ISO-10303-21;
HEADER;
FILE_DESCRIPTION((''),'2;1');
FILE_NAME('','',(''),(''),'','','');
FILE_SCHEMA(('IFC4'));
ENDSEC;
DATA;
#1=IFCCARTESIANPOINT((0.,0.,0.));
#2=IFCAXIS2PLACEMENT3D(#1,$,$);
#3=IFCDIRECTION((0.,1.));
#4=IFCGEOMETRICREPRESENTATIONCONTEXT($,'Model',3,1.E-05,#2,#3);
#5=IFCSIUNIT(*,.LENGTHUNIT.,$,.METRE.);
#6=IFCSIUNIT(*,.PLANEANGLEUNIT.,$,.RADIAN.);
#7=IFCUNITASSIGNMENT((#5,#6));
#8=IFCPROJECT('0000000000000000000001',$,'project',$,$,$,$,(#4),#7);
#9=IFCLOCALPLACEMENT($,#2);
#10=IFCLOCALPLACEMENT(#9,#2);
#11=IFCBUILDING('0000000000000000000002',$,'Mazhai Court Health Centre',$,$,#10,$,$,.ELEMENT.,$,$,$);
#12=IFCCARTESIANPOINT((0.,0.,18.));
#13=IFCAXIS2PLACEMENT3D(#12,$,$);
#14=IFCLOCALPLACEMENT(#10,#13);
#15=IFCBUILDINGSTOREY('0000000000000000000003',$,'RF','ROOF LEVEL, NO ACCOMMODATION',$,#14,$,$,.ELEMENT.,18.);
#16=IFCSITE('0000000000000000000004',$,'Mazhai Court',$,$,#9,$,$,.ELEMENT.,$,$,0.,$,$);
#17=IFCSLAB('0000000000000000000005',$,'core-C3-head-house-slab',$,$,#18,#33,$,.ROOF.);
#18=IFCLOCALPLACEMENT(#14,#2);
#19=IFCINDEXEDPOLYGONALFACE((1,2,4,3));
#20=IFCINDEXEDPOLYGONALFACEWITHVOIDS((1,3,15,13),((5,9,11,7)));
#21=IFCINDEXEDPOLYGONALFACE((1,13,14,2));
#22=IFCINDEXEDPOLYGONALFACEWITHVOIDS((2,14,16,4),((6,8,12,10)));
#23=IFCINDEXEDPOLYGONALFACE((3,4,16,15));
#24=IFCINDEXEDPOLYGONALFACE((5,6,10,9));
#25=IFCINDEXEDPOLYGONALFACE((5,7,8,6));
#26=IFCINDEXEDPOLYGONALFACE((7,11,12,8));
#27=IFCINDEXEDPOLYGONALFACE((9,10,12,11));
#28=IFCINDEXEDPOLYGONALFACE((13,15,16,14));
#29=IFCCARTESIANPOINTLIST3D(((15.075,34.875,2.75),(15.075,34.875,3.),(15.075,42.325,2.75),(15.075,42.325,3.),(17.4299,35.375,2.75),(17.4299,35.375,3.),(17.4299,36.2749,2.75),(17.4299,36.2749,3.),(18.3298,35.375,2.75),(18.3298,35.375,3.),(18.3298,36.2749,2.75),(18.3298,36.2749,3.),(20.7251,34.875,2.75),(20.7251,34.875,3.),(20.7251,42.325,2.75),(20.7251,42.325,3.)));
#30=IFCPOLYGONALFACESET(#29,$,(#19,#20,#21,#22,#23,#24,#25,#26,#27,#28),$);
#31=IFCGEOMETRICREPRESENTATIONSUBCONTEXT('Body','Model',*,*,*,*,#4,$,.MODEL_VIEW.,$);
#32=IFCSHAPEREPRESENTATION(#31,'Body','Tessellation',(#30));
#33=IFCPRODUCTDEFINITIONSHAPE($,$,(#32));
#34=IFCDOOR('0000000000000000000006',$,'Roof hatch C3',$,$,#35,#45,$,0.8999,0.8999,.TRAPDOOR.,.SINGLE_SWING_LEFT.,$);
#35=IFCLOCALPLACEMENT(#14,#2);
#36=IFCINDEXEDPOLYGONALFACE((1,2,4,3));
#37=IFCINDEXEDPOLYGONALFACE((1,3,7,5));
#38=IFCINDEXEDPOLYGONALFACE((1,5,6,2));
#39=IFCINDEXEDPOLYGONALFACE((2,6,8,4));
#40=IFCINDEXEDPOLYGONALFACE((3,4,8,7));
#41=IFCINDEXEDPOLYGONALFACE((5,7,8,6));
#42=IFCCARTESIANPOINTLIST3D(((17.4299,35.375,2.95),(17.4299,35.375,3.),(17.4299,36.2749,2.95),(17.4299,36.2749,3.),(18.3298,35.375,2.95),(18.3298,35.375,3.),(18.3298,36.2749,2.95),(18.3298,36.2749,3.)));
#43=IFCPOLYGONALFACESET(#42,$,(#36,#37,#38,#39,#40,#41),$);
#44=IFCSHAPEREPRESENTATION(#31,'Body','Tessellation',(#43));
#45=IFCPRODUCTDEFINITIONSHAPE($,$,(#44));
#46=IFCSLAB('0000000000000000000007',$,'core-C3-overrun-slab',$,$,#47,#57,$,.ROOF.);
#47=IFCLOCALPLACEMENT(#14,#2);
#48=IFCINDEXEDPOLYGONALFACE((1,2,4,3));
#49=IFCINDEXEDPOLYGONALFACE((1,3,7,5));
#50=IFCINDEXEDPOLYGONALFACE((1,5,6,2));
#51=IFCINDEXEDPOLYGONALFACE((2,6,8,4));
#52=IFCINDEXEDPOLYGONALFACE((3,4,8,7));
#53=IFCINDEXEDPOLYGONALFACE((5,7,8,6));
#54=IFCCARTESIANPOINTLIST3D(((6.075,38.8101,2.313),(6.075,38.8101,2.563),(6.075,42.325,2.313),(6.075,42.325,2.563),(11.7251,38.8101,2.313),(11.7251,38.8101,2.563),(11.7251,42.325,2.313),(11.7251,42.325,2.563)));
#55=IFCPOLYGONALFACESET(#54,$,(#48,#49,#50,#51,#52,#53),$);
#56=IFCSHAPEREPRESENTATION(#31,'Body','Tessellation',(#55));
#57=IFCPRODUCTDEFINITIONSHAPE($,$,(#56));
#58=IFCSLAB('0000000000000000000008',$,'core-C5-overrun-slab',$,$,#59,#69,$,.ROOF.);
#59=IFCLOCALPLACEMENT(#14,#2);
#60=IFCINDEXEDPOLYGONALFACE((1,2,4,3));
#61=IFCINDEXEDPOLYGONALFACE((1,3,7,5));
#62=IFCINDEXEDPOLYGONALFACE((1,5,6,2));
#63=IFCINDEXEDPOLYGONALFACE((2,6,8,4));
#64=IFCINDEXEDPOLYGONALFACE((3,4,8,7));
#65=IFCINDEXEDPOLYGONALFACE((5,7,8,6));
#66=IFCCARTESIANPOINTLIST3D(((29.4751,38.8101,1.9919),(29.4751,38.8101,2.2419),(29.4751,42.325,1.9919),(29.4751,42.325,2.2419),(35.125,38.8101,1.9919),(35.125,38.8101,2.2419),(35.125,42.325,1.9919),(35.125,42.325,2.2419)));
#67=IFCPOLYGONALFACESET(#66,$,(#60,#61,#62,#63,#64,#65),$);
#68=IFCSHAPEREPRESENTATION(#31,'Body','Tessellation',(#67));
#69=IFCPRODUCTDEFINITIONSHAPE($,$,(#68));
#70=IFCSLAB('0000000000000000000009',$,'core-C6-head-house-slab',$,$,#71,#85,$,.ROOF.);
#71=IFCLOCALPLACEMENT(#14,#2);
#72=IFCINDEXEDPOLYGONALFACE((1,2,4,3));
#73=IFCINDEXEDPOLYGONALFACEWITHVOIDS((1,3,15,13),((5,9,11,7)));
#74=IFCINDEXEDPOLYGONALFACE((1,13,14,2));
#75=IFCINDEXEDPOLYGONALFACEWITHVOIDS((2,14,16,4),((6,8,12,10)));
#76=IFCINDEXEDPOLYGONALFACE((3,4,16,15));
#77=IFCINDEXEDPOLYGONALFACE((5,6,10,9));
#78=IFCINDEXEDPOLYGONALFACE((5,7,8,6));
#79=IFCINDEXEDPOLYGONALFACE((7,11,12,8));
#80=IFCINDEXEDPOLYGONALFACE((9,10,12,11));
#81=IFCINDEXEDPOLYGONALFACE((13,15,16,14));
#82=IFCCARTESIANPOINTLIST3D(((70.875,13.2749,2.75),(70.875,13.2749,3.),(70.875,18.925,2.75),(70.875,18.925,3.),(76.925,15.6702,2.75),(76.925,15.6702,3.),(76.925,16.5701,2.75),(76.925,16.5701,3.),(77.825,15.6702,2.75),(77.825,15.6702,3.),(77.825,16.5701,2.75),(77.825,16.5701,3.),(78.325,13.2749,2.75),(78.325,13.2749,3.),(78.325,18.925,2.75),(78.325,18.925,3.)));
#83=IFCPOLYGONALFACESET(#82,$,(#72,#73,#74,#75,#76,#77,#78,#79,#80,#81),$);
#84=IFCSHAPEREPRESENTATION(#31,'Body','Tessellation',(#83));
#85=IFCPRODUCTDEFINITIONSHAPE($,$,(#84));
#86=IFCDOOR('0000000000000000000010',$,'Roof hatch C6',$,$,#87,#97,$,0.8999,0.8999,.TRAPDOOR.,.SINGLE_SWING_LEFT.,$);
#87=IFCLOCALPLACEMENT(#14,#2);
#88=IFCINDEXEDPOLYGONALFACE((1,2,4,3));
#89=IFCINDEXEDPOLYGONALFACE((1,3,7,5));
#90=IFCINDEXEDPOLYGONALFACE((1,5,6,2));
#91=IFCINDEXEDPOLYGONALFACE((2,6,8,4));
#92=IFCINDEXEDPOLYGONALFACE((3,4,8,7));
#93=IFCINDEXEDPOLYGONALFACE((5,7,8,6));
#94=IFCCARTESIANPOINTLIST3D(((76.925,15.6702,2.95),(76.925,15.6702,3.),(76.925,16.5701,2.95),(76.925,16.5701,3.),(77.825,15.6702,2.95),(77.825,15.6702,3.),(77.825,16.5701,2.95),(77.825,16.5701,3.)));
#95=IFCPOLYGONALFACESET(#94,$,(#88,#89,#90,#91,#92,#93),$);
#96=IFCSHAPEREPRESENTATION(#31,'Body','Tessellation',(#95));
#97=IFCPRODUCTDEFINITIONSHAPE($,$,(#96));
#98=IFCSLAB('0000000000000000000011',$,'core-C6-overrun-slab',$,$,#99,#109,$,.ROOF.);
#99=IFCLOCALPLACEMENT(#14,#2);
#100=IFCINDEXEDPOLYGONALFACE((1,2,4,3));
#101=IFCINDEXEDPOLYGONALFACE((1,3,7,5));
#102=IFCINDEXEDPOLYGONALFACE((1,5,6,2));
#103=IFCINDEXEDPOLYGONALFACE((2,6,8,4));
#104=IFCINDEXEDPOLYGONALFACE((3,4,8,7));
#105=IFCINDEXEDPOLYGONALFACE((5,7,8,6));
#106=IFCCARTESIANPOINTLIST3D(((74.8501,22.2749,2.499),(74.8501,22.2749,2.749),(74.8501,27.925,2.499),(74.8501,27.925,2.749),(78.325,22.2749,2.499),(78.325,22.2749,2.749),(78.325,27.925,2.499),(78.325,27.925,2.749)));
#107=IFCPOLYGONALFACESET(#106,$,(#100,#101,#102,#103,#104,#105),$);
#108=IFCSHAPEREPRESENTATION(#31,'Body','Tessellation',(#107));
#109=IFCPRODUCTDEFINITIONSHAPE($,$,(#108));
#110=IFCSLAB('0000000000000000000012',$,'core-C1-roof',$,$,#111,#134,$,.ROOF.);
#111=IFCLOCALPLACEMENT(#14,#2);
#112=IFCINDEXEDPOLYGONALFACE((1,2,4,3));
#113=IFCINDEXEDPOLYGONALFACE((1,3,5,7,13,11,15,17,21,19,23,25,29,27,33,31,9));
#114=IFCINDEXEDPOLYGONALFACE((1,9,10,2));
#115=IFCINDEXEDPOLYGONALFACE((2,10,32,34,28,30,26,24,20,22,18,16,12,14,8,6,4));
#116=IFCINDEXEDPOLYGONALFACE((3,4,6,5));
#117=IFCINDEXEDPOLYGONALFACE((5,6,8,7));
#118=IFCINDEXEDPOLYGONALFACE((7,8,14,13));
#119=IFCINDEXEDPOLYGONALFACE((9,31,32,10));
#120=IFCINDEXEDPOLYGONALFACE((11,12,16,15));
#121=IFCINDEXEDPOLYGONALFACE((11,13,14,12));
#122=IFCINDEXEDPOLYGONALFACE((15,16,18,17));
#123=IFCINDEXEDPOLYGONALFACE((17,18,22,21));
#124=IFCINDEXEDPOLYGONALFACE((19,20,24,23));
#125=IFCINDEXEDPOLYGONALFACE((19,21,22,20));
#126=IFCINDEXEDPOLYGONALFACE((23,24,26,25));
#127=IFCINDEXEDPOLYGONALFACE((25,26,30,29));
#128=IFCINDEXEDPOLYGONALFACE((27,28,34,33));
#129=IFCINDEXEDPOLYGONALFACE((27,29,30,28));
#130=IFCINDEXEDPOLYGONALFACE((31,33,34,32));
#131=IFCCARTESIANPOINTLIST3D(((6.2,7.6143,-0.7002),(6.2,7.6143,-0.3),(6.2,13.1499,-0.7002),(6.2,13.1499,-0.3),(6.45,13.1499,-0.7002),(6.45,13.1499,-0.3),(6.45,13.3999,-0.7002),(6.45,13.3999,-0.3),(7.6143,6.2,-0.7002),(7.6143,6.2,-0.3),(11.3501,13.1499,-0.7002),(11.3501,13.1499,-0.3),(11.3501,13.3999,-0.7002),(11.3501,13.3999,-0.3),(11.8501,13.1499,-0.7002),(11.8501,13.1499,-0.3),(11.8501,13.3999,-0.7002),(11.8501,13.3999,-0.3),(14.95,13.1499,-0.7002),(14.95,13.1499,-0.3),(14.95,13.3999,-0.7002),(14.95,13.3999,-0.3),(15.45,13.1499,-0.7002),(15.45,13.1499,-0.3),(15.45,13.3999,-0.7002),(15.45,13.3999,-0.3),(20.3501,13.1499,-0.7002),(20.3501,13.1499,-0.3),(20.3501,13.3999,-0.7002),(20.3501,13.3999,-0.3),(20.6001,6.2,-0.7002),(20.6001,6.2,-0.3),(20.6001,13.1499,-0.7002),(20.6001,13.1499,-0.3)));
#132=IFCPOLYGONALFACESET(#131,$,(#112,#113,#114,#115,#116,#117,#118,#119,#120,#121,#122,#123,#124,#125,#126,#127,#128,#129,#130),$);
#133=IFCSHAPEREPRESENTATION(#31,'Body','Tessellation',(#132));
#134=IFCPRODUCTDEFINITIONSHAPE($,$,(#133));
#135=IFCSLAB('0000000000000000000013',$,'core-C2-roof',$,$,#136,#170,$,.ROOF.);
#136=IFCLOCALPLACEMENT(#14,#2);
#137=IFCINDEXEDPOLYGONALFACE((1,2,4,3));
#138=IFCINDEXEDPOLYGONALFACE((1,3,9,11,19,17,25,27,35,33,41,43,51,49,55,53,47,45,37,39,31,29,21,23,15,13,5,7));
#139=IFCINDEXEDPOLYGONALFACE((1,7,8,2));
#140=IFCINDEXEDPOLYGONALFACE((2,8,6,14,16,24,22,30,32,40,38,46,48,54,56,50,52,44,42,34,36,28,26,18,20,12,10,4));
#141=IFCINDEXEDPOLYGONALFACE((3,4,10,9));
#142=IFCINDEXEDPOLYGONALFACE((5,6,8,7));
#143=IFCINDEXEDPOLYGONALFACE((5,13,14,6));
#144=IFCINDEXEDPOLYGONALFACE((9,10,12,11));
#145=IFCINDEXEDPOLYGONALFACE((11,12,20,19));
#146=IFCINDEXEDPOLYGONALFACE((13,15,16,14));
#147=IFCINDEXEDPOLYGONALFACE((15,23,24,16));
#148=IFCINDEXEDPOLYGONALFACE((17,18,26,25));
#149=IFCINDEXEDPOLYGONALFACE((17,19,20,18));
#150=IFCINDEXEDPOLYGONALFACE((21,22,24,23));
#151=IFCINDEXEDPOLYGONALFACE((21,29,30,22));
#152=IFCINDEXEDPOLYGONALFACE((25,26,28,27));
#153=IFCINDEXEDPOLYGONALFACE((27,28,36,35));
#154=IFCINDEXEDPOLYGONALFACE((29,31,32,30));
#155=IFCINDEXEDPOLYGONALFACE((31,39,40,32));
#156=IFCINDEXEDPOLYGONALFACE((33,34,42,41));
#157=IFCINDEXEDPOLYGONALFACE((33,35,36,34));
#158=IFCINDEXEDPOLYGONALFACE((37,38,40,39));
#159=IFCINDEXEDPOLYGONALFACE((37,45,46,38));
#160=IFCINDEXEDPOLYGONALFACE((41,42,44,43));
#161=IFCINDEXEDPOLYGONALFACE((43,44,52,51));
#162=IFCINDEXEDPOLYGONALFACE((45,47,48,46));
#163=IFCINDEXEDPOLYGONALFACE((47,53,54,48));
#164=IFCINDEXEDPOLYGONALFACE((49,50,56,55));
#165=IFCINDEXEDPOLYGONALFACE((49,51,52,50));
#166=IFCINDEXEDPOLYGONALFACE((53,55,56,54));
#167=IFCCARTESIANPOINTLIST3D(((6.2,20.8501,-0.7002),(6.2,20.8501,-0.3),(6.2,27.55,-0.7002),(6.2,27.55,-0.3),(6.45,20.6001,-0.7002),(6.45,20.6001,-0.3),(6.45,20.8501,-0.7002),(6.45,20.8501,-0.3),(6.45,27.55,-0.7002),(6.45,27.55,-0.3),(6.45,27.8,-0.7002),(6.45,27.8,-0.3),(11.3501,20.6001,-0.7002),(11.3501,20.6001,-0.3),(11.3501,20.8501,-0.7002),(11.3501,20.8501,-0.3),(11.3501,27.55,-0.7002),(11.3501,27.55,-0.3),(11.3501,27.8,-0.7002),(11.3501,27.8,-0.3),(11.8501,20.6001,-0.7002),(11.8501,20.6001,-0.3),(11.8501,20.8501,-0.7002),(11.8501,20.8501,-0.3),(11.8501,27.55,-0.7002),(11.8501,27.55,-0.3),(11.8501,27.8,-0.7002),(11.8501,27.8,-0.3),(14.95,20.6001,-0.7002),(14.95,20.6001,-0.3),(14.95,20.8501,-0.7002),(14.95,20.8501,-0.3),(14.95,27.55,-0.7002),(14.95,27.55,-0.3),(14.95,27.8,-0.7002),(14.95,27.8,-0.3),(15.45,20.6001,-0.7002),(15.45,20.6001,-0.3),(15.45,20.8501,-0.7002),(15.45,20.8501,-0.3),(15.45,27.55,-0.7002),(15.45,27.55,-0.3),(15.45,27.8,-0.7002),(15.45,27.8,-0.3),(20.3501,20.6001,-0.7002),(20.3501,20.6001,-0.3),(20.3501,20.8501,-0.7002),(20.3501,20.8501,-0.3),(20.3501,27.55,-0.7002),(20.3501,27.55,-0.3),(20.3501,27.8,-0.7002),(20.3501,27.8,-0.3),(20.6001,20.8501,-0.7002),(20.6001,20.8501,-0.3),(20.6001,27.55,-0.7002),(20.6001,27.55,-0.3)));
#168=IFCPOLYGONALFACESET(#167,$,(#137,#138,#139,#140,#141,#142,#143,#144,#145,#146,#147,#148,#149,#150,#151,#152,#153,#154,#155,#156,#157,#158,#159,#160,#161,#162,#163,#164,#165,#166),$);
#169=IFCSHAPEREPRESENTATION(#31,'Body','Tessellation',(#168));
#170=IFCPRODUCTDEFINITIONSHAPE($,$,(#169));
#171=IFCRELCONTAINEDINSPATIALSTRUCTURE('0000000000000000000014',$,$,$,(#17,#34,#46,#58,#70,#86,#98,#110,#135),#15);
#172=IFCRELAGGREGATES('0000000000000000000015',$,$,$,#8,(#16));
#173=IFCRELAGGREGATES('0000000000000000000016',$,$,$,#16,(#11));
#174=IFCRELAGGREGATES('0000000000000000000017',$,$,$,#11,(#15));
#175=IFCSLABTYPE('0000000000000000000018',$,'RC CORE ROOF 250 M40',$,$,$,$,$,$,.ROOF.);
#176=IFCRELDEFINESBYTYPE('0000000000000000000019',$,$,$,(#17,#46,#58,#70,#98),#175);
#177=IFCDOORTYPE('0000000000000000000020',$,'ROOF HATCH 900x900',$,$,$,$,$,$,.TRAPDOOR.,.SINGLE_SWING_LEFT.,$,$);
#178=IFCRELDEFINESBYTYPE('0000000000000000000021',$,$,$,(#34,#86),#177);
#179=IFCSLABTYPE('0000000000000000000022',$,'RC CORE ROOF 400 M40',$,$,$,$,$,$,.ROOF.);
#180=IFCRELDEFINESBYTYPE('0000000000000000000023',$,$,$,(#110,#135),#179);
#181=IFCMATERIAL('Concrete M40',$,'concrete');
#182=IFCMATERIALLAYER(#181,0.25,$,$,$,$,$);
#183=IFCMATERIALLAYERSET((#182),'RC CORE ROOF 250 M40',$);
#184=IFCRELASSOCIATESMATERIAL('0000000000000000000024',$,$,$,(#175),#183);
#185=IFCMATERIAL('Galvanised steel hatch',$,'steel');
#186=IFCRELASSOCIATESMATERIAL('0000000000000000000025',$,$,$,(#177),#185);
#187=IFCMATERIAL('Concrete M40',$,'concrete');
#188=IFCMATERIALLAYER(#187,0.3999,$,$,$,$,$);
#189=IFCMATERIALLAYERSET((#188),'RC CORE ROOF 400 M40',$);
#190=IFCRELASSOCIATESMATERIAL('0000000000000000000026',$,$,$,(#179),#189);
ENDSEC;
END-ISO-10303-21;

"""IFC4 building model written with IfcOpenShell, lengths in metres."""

from ifc_helpers import new_model, si_unit, direction, frame, origin, origin_2d, place, context, subcontext, project, spatial, polyline, rectangle, outline, extrude, material, layer, layer_set, type_object, element, fill, save


model = new_model("IFC4")

# Units and contexts
model_context = context("Model", 3, precision=1e-05, world=origin(), true_north=direction((0.0, 1.0)))
body_context = subcontext(model_context, "Body", "Model", "MODEL_VIEW")
ifc_project = project(units=[si_unit("LENGTHUNIT", "METRE"), si_unit("PLANEANGLEUNIT", "RADIAN")], contexts=[model_context])

# Site, building, storey
site_placement = place(None, origin())
site = spatial("IfcSite", under=ifc_project, at=site_placement, Name="Mazhai Court", CompositionType="ELEMENT", RefElevation=0.0)
building_placement = place(site_placement, origin())
building = spatial("IfcBuilding", under=site, at=building_placement, Name="Mazhai Court Health Centre", CompositionType="ELEMENT")
storey_placement = place(building_placement, frame((0.0, 0.0, 18.0)))
storey = spatial("IfcBuildingStorey", under=building, at=storey_placement, Name="RF", Description="ROOF LEVEL, NO ACCOMMODATION", CompositionType="ELEMENT", Elevation=18.0)

# Slab, opening, door
ifc_material_1 = material(Name="Concrete M40", Category="concrete")
ifc_layer_1 = layer(ifc_material_1, 0.25)
ifc_layer_set_1 = layer_set([ifc_layer_1], Name="RC CORE ROOF 250 M40")
slab_type_1 = type_object("IfcSlabType", Name="RC CORE ROOF 250 M40", PredefinedType="ROOF", material=ifc_layer_set_1)
slab_1_placement = place(storey_placement, frame((0.0, 0.0, 2.75)))
slab_1 = element("IfcSlab", 1, at=slab_1_placement, inside=storey, type_object=slab_type_1, Name="core-C3-head-house-slab", PredefinedType="ROOF", context=body_context, shape_type="SweptSolid", body=[
    extrude(outline(polyline([(15.075, 34.875), (15.075, 42.325), (20.7251, 42.325), (20.7251, 34.875), (15.075, 34.875)])), origin(), (0.0, 0.0, 1.0), 0.25),
])
opening_1_placement = place(slab_1_placement, frame((17.8799, 35.825, 0.0)))
opening_1 = element("IfcOpeningElement", 2, at=opening_1_placement, cuts=slab_1, PredefinedType="OPENING", context=body_context, shape_type="SweptSolid", body=[
    extrude(rectangle(XDim=0.8999, YDim=0.8999, at=origin_2d()), origin(), (0.0, 0.0, 1.0), 0.25),
])
ifc_material_2 = material(Name="Galvanised steel hatch", Category="steel")
door_type = type_object("IfcDoorType", Name="ROOF HATCH 900x900", OperationType="SINGLE_SWING_LEFT", PredefinedType="TRAPDOOR", material=ifc_material_2)
door_1_placement = place(opening_1_placement, frame((0.0, 0.0, 0.2)))
door_1 = element("IfcDoor", 3, at=door_1_placement, inside=storey, type_object=door_type, Name="Roof hatch C3", OperationType="SINGLE_SWING_LEFT", OverallHeight=0.8999, OverallWidth=0.8999, PredefinedType="TRAPDOOR", context=body_context, shape_type="SweptSolid", body=[
    extrude(rectangle(XDim=0.8999, YDim=0.8999, at=origin_2d()), origin(), (0.0, 0.0, 1.0), 0.05),
])
fill(opening_1, door_1)

# Slabs
slab_2_placement = place(storey_placement, frame((0.0, 0.0, 2.313)))
element("IfcSlab", 4, at=slab_2_placement, inside=storey, type_object=slab_type_1, Name="core-C3-overrun-slab", PredefinedType="ROOF", context=body_context, shape_type="SweptSolid", body=[
    extrude(outline(polyline([(6.075, 38.8101), (6.075, 42.325), (11.7251, 42.325), (11.7251, 38.8101), (6.075, 38.8101)])), origin(), (0.0, 0.0, 1.0), 0.25),
])
slab_3_placement = place(storey_placement, frame((0.0, 0.0, 1.9919)))
element("IfcSlab", 5, at=slab_3_placement, inside=storey, type_object=slab_type_1, Name="core-C5-overrun-slab", PredefinedType="ROOF", context=body_context, shape_type="SweptSolid", body=[
    extrude(outline(polyline([(29.4751, 38.8101), (29.4751, 42.325), (35.125, 42.325), (35.125, 38.8101), (29.4751, 38.8101)])), origin(), (0.0, 0.0, 1.0), 0.25),
])

# Slab, opening, door
slab_4_placement = place(storey_placement, frame((0.0, 0.0, 2.75)))
slab_4 = element("IfcSlab", 6, at=slab_4_placement, inside=storey, type_object=slab_type_1, Name="core-C6-head-house-slab", PredefinedType="ROOF", context=body_context, shape_type="SweptSolid", body=[
    extrude(outline(polyline([(70.875, 13.2749), (78.325, 13.2749), (78.325, 18.925), (70.875, 18.925), (70.875, 13.2749)])), origin(), (0.0, 0.0, 1.0), 0.25),
])
opening_2_placement = place(slab_4_placement, frame((77.375, 16.1201, 0.0)))
opening_2 = element("IfcOpeningElement", 7, at=opening_2_placement, cuts=slab_4, PredefinedType="OPENING", context=body_context, shape_type="SweptSolid", body=[
    extrude(rectangle(XDim=0.8999, YDim=0.8999, at=origin_2d()), origin(), (0.0, 0.0, 1.0), 0.25),
])
door_2_placement = place(opening_2_placement, frame((0.0, 0.0, 0.2)))
door_2 = element("IfcDoor", 8, at=door_2_placement, inside=storey, type_object=door_type, Name="Roof hatch C6", OperationType="SINGLE_SWING_LEFT", OverallHeight=0.8999, OverallWidth=0.8999, PredefinedType="TRAPDOOR", context=body_context, shape_type="SweptSolid", body=[
    extrude(rectangle(XDim=0.8999, YDim=0.8999, at=origin_2d()), origin(), (0.0, 0.0, 1.0), 0.05),
])
fill(opening_2, door_2)

# Slabs
slab_5_placement = place(storey_placement, frame((0.0, 0.0, 2.499)))
element("IfcSlab", 9, at=slab_5_placement, inside=storey, type_object=slab_type_1, Name="core-C6-overrun-slab", PredefinedType="ROOF", context=body_context, shape_type="SweptSolid", body=[
    extrude(outline(polyline([(74.8501, 22.2749), (78.325, 22.2749), (78.325, 27.925), (74.8501, 27.925), (74.8501, 22.2749)])), origin(), (0.0, 0.0, 1.0), 0.25),
])
ifc_material_3 = material(Name="Concrete M40", Category="concrete")
ifc_layer_2 = layer(ifc_material_3, 0.3999)
ifc_layer_set_2 = layer_set([ifc_layer_2], Name="RC CORE ROOF 400 M40")
slab_type_2 = type_object("IfcSlabType", Name="RC CORE ROOF 400 M40", PredefinedType="ROOF", material=ifc_layer_set_2)
slab_6_placement = place(storey_placement, frame((0.0, 0.0, -0.7002)))
element("IfcSlab", 10, at=slab_6_placement, inside=storey, type_object=slab_type_2, Name="core-C1-roof", PredefinedType="ROOF", context=body_context, shape_type="SweptSolid", body=[
    extrude(outline(polyline([(6.45, 13.1499), (6.45, 13.3999), (11.3501, 13.3999), (11.3501, 13.1499), (11.8501, 13.1499), (11.8501, 13.3999), (14.95, 13.3999), (14.95, 13.1499), (15.45, 13.1499), (15.45, 13.3999), (20.3501, 13.3999), (20.3501, 13.1499), (20.6001, 13.1499), (20.6001, 6.2), (7.6143, 6.2), (6.2, 7.6143), (6.2, 13.1499), (6.45, 13.1499)])), origin(), (0.0, 0.0, 1.0), 0.4001),
])
slab_7_placement = place(storey_placement, frame((0.0, 0.0, -0.7002)))
element("IfcSlab", 11, at=slab_7_placement, inside=storey, type_object=slab_type_2, Name="core-C2-roof", PredefinedType="ROOF", context=body_context, shape_type="SweptSolid", body=[
    extrude(outline(polyline([(6.2, 27.55), (6.45, 27.55), (6.45, 27.8), (11.3501, 27.8), (11.3501, 27.55), (11.8501, 27.55), (11.8501, 27.8), (14.95, 27.8), (14.95, 27.55), (15.45, 27.55), (15.45, 27.8), (20.3501, 27.8), (20.3501, 27.55), (20.6001, 27.55), (20.6001, 20.8501), (20.3501, 20.8501), (20.3501, 20.6001), (15.45, 20.6001), (15.45, 20.8501), (14.95, 20.8501), (14.95, 20.6001), (11.8501, 20.6001), (11.8501, 20.8501), (11.3501, 20.8501), (11.3501, 20.6001), (6.45, 20.6001), (6.45, 20.8501), (6.2, 20.8501), (6.2, 27.55)])), origin(), (0.0, 0.0, 1.0), 0.4001),
])

save(model, "model.ifc")
